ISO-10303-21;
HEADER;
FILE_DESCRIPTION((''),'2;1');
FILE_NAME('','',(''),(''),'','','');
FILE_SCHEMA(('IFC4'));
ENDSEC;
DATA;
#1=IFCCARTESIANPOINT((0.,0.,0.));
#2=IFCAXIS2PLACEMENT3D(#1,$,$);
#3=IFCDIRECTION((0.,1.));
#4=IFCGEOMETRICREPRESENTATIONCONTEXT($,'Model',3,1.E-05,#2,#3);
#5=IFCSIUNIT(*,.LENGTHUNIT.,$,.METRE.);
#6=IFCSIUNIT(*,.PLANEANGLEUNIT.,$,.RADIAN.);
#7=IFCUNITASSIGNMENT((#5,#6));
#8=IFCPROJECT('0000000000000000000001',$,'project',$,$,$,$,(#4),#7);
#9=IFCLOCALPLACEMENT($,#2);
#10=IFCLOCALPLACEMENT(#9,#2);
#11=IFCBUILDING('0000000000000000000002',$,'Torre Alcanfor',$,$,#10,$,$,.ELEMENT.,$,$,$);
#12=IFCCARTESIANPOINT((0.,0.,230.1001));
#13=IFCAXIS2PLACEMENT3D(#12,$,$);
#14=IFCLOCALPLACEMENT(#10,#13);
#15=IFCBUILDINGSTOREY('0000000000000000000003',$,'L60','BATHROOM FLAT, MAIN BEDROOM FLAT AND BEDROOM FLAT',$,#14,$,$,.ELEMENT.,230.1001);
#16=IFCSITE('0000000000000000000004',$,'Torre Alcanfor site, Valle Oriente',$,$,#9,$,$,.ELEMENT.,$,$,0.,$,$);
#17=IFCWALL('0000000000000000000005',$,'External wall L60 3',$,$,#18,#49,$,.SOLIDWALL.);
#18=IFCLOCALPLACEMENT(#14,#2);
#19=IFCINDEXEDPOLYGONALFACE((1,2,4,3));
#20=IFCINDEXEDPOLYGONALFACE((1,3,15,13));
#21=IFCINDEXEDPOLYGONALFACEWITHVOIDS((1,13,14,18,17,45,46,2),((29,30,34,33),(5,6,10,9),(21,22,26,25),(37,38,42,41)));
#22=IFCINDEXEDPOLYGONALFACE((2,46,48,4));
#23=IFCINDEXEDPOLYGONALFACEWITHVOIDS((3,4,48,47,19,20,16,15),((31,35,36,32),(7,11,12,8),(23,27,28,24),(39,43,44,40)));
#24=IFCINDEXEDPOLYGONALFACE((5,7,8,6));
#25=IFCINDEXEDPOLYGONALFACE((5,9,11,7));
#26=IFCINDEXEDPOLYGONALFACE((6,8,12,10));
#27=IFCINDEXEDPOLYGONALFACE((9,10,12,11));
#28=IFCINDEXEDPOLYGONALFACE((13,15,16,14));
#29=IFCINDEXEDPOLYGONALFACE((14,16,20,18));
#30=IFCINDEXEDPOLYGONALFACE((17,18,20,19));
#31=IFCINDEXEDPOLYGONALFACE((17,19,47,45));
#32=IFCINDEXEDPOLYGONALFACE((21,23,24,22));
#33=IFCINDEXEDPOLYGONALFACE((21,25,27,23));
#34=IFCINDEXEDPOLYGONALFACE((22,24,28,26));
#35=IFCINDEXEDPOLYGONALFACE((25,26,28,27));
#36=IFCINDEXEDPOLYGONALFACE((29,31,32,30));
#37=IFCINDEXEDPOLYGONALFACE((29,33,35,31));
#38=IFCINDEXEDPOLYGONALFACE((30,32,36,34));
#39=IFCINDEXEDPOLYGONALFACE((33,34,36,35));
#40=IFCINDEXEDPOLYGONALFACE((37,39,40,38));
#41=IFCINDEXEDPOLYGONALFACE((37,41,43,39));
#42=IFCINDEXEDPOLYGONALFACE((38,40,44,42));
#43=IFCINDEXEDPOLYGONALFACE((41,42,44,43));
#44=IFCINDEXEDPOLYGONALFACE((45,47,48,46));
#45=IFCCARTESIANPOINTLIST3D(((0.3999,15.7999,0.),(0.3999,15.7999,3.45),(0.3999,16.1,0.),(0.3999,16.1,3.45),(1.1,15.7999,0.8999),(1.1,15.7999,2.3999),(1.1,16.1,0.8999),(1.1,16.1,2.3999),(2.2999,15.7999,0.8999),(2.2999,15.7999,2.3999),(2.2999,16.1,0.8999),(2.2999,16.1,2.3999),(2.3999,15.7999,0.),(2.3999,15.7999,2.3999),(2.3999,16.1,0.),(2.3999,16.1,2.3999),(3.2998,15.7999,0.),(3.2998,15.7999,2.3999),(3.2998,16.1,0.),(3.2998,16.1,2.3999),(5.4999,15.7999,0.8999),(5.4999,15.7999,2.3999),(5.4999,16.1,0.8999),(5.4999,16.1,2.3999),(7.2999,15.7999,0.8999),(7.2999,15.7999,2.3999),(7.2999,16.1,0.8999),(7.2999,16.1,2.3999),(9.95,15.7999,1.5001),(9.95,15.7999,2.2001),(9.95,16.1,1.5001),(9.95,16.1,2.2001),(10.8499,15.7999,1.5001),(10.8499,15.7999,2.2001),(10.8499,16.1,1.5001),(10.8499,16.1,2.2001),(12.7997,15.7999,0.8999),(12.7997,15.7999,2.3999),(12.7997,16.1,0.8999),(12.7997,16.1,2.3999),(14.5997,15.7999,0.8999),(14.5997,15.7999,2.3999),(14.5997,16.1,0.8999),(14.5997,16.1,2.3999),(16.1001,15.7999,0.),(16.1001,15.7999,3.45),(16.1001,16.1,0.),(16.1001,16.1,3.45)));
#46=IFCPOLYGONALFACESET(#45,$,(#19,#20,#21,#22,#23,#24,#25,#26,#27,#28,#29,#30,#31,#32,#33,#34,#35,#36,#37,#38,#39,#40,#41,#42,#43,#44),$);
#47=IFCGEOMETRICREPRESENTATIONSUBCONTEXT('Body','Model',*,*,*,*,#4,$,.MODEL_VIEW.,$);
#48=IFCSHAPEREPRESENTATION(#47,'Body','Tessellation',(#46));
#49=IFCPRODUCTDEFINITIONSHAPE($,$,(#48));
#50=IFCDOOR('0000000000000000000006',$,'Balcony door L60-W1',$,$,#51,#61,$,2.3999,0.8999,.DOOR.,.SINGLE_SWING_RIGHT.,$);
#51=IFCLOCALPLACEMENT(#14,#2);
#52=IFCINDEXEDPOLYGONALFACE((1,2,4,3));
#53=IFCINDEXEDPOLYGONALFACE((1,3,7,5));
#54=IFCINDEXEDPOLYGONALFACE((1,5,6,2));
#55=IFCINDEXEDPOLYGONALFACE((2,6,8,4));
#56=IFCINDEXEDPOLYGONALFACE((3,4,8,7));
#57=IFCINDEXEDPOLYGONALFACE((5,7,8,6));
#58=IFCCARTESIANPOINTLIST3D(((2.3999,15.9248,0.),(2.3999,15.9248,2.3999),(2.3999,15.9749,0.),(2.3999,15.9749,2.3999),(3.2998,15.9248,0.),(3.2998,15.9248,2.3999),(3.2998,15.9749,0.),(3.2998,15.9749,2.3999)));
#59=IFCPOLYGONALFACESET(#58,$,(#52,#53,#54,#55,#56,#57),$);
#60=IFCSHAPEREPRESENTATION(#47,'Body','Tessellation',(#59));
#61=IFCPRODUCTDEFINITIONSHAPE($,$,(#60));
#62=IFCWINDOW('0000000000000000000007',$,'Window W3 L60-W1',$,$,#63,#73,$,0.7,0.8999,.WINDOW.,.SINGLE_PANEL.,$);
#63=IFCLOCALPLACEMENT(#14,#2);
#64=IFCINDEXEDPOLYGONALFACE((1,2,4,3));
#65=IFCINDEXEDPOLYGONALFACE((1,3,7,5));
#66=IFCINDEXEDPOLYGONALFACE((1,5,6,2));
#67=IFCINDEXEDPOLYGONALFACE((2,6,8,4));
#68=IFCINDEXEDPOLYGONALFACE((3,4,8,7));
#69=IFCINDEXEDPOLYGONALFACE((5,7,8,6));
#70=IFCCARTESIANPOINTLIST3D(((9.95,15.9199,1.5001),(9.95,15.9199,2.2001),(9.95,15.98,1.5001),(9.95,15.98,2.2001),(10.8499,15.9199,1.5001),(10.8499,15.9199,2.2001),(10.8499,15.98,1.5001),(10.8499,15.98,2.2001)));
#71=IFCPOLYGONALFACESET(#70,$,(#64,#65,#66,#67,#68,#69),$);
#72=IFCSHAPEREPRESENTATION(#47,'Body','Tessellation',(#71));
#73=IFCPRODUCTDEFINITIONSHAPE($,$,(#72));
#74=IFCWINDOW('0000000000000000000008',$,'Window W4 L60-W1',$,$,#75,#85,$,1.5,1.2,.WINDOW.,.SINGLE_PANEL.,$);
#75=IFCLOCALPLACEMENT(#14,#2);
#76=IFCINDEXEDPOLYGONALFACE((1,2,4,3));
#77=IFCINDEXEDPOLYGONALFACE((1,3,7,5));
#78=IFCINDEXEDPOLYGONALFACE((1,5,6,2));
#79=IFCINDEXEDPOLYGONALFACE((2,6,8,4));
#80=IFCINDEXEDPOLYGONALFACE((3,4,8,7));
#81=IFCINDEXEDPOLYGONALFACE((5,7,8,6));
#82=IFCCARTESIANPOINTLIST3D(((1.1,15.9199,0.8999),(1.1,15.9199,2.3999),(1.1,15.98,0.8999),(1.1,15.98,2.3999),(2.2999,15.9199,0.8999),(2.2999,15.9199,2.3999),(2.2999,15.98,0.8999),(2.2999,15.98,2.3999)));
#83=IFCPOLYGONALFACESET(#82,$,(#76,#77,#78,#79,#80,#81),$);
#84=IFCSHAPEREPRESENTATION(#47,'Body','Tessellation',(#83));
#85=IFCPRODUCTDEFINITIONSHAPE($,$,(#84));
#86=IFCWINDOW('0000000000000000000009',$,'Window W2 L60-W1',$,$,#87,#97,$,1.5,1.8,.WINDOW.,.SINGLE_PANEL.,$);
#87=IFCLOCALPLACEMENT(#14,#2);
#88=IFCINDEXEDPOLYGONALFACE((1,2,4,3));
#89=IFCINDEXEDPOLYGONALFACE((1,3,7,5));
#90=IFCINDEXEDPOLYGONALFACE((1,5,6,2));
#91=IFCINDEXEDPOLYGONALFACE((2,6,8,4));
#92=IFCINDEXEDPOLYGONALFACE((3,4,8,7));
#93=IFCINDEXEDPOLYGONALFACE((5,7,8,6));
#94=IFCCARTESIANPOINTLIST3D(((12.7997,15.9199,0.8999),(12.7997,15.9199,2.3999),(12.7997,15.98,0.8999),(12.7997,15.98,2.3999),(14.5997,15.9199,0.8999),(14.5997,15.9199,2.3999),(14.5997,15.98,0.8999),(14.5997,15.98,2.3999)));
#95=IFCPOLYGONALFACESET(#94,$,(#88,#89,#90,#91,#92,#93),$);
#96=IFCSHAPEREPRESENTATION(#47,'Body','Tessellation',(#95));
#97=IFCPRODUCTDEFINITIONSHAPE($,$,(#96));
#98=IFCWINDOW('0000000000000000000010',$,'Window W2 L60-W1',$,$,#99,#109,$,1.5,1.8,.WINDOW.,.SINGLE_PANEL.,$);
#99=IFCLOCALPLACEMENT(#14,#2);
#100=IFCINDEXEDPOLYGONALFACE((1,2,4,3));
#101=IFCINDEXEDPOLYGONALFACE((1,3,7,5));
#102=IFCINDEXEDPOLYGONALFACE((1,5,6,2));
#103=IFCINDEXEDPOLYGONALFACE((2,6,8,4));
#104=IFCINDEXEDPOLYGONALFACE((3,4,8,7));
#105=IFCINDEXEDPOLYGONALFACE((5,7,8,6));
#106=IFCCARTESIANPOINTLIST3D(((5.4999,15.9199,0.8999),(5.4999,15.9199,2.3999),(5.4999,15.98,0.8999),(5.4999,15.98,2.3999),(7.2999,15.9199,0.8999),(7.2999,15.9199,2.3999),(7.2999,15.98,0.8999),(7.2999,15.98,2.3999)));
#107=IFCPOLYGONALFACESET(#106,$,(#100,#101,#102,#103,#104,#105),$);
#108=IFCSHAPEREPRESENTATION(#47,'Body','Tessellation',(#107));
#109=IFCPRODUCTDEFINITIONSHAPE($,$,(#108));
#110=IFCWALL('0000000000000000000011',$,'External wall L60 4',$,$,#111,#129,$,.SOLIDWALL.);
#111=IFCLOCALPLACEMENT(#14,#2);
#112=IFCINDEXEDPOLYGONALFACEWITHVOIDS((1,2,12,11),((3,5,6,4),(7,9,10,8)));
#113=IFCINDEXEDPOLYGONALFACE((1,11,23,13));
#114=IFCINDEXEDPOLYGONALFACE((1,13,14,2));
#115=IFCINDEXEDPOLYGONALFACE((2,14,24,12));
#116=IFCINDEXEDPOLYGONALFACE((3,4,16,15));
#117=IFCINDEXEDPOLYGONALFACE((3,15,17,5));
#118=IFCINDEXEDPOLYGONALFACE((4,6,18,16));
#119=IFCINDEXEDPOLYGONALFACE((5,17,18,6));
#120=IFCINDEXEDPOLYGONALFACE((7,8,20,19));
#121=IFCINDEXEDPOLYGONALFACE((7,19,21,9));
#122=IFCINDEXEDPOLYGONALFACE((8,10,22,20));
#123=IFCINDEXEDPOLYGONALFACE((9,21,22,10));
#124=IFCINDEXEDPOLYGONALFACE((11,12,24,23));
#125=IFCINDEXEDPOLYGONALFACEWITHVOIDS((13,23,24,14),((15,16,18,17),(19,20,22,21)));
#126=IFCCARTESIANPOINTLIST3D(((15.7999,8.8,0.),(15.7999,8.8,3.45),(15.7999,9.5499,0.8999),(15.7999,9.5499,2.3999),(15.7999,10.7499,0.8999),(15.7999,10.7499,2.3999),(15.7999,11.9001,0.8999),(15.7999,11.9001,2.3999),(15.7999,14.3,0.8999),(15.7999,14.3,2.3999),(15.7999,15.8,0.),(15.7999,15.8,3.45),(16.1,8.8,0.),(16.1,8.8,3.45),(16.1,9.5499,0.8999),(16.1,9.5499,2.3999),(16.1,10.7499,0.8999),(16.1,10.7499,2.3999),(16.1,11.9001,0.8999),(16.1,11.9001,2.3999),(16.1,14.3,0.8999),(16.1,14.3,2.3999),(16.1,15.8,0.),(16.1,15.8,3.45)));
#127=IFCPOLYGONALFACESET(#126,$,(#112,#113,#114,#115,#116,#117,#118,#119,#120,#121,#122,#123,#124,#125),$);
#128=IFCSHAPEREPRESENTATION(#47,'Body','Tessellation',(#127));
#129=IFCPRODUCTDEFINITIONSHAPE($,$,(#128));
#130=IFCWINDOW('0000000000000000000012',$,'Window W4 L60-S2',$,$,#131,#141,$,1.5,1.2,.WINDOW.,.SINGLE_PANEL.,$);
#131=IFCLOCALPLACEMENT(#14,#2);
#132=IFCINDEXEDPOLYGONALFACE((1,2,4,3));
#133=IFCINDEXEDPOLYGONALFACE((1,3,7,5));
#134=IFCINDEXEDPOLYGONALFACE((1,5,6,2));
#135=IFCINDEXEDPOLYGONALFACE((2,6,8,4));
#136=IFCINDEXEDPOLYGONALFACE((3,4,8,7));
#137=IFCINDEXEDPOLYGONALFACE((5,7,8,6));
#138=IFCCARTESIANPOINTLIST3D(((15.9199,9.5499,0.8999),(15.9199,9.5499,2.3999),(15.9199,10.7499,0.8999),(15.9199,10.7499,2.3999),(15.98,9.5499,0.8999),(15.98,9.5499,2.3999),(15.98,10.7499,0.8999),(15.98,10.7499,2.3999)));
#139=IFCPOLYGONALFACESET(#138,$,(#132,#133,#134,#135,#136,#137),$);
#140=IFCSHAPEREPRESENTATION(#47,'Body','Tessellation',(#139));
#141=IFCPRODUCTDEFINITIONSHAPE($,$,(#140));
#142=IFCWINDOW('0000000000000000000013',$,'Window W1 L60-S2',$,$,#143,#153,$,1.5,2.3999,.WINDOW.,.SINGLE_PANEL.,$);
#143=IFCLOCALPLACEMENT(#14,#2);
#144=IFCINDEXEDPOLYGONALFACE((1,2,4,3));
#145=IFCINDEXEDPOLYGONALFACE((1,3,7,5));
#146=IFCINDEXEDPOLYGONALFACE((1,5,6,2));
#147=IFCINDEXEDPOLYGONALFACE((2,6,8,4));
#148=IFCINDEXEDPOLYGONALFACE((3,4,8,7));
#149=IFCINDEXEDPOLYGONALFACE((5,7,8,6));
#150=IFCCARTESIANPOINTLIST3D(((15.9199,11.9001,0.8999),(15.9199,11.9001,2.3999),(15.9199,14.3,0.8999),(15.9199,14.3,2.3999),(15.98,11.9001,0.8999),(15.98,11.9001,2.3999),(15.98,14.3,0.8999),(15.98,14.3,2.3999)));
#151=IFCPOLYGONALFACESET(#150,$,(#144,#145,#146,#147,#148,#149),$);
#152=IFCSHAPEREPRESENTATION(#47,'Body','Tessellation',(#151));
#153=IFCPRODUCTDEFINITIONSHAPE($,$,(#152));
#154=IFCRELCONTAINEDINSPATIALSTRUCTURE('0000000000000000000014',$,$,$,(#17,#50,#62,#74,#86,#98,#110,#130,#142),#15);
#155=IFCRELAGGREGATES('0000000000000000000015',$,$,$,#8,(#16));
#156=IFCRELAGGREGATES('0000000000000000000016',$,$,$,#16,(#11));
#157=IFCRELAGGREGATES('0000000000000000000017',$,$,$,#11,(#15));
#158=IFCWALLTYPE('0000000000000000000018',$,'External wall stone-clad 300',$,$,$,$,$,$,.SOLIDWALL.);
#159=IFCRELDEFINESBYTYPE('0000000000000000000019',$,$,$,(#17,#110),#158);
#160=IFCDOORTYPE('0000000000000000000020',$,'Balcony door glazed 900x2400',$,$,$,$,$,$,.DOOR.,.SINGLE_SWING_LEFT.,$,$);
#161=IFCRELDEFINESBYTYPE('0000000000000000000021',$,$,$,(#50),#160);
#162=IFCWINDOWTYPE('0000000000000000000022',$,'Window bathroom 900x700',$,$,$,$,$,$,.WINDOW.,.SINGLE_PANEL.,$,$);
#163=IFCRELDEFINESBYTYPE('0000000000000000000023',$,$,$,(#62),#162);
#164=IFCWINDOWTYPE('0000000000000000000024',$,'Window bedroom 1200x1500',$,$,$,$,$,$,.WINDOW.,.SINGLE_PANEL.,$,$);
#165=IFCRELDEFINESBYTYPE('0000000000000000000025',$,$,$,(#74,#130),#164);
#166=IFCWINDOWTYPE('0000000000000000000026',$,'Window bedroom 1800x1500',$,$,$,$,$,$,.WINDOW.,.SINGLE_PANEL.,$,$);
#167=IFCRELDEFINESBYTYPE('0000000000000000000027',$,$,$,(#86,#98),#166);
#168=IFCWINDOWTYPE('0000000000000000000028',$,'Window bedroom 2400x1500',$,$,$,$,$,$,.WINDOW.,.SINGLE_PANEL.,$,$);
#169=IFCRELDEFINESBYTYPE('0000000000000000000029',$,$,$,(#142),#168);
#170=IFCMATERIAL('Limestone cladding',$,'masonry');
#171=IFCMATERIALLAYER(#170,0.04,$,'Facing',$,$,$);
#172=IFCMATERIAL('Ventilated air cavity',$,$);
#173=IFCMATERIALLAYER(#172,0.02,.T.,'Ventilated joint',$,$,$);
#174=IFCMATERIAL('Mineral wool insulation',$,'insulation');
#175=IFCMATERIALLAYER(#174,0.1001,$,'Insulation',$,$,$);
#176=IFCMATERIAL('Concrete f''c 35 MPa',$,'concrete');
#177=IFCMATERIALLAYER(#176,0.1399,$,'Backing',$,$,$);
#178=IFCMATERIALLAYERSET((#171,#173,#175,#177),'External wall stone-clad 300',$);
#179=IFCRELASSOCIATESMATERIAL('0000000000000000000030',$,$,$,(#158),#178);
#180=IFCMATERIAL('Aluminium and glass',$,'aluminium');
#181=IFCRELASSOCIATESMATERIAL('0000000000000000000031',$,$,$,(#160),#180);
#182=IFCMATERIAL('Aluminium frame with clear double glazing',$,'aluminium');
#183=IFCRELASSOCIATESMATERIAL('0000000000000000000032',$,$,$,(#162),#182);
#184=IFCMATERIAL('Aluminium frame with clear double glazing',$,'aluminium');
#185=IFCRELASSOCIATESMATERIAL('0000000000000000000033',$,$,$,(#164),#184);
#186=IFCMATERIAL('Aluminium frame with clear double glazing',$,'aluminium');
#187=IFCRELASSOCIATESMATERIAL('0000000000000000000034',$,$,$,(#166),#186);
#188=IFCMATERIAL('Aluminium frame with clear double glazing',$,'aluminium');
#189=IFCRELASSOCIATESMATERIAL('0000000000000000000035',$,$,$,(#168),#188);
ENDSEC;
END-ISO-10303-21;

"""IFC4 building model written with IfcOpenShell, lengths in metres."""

from ifc_helpers import new_model, si_unit, direction, frame, frame_2d, origin, place, context, subcontext, project, spatial, rectangle, extrude, material, layer, layer_set, type_object, element, fill, save


model = new_model("IFC4")

# Units and contexts
model_context = context("Model", 3, precision=1e-05, world=origin(), true_north=direction((0.0, 1.0)))
body_context = subcontext(model_context, "Body", "Model", "MODEL_VIEW")
ifc_project = project(units=[si_unit("LENGTHUNIT", "METRE"), si_unit("PLANEANGLEUNIT", "RADIAN")], contexts=[model_context])

# Site, building, storey
site_placement = place(None, origin())
site = spatial("IfcSite", under=ifc_project, at=site_placement, Name="Torre Alcanfor site, Valle Oriente", CompositionType="ELEMENT", RefElevation=0.0)
building_placement = place(site_placement, origin())
building = spatial("IfcBuilding", under=site, at=building_placement, Name="Torre Alcanfor", CompositionType="ELEMENT")
storey_placement = place(building_placement, frame((0.0, 0.0, 230.1001)))
storey = spatial("IfcBuildingStorey", under=building, at=storey_placement, Name="L60", Description="BATHROOM FLAT, MAIN BEDROOM FLAT AND BEDROOM FLAT", CompositionType="ELEMENT", Elevation=230.1001)

# Wall, openings, door, windows
ifc_material_1 = material(Name="Limestone cladding", Category="masonry")
ifc_layer_1 = layer(ifc_material_1, 0.04, Name="Facing")
ifc_material_2 = material(Name="Ventilated air cavity")
ifc_layer_2 = layer(ifc_material_2, 0.02, ventilated=True, Name="Ventilated joint")
ifc_material_3 = material(Name="Mineral wool insulation", Category="insulation")
ifc_layer_3 = layer(ifc_material_3, 0.1001, Name="Insulation")
ifc_material_4 = material(Name="Concrete f'c 35 MPa", Category="concrete")
ifc_layer_4 = layer(ifc_material_4, 0.1399, Name="Backing")
ifc_layer_set_1 = layer_set([ifc_layer_1, ifc_layer_2, ifc_layer_3, ifc_layer_4], Name="External wall stone-clad 300")
wall_type_1 = type_object("IfcWallType", Name="External wall stone-clad 300", PredefinedType="SOLIDWALL", material=ifc_layer_set_1)
wall_1_placement = place(storey_placement, frame((0.3999, 15.95, 0.0), z_axis=(0.0, 0.0, 1.0), x_axis=(1.0, 0.0, 0.0)))
wall_1 = element("IfcWall", 1, at=wall_1_placement, inside=storey, type_object=wall_type_1, Name="External wall L60 3", PredefinedType="SOLIDWALL", context=body_context, shape_type="SweptSolid", body=[
    extrude(rectangle(XDim=15.7002, YDim=0.3, at=frame_2d((7.8501, 0.0))), origin(), (0.0, 0.0, 1.0), 3.45),
])
opening_1_placement = place(wall_1_placement, frame((12.3999, 0.0, 0.8999)))
opening_1 = element("IfcOpeningElement", 2, at=opening_1_placement, cuts=wall_1, PredefinedType="OPENING", context=body_context, shape_type="SweptSolid", body=[
    extrude(rectangle(XDim=1.8, YDim=1.5, at=frame_2d((0.8999, 0.75))), frame((0.0, 0.1599, 0.0), z_axis=(0.0, -1.0, 0.0), x_axis=(1.0, 0.0, 0.0)), (0.0, 0.0, 1.0), 0.3201),
])
opening_2_placement = place(wall_1_placement, frame((9.55, 0.0, 1.5)))
opening_2 = element("IfcOpeningElement", 3, at=opening_2_placement, cuts=wall_1, PredefinedType="OPENING", context=body_context, shape_type="SweptSolid", body=[
    extrude(rectangle(XDim=0.8999, YDim=0.7, at=frame_2d((0.45, 0.3501))), frame((0.0, 0.1599, 0.0), z_axis=(0.0, -1.0, 0.0), x_axis=(1.0, 0.0, 0.0)), (0.0, 0.0, 1.0), 0.3201),
])
opening_3_placement = place(wall_1_placement, frame((5.1001, 0.0, 0.8999)))
opening_3 = element("IfcOpeningElement", 4, at=opening_3_placement, cuts=wall_1, PredefinedType="OPENING", context=body_context, shape_type="SweptSolid", body=[
    extrude(rectangle(XDim=1.8, YDim=1.5, at=frame_2d((0.8999, 0.75))), frame((0.0, 0.1599, 0.0), z_axis=(0.0, -1.0, 0.0), x_axis=(1.0, 0.0, 0.0)), (0.0, 0.0, 1.0), 0.3201),
])
opening_4_placement = place(wall_1_placement, frame((2.0, 0.0, 0.0)))
opening_4 = element("IfcOpeningElement", 5, at=opening_4_placement, cuts=wall_1, PredefinedType="OPENING", context=body_context, shape_type="SweptSolid", body=[
    extrude(rectangle(XDim=0.8999, YDim=2.3999, at=frame_2d((0.45, 1.2))), frame((0.0, 0.1599, 0.0), z_axis=(0.0, -1.0, 0.0), x_axis=(1.0, 0.0, 0.0)), (0.0, 0.0, 1.0), 0.3201),
])
opening_5_placement = place(wall_1_placement, frame((0.7, 0.0, 0.8999)))
opening_5 = element("IfcOpeningElement", 6, at=opening_5_placement, cuts=wall_1, PredefinedType="OPENING", context=body_context, shape_type="SweptSolid", body=[
    extrude(rectangle(XDim=1.2, YDim=1.5, at=frame_2d((0.6001, 0.75))), frame((0.0, 0.1599, 0.0), z_axis=(0.0, -1.0, 0.0), x_axis=(1.0, 0.0, 0.0)), (0.0, 0.0, 1.0), 0.3201),
])
ifc_material_5 = material(Name="Aluminium and glass", Category="aluminium")
door_type = type_object("IfcDoorType", Name="Balcony door glazed 900x2400", OperationType="SINGLE_SWING_LEFT", PredefinedType="DOOR", material=ifc_material_5)
door_placement = place(opening_4_placement, origin())
door = element("IfcDoor", 7, at=door_placement, inside=storey, type_object=door_type, Name="Balcony door L60-W1", OperationType="SINGLE_SWING_RIGHT", OverallHeight=2.3999, OverallWidth=0.8999, PredefinedType="DOOR", context=body_context, shape_type="SweptSolid", body=[
    extrude(rectangle(XDim=0.8999, YDim=2.3999, at=frame_2d((0.45, 1.2))), frame((0.0, 0.0249, 0.0), z_axis=(0.0, -1.0, 0.0), x_axis=(1.0, 0.0, 0.0)), (0.0, 0.0, 1.0), 0.05),
])
fill(opening_4, door)
ifc_material_6 = material(Name="Aluminium frame with clear double glazing", Category="aluminium")
window_type_1 = type_object("IfcWindowType", Name="Window bathroom 900x700", PartitioningType="SINGLE_PANEL", PredefinedType="WINDOW", material=ifc_material_6)
window_1_placement = place(opening_2_placement, origin())
window_1 = element("IfcWindow", 8, at=window_1_placement, inside=storey, type_object=window_type_1, Name="Window W3 L60-W1", OverallHeight=0.7, OverallWidth=0.8999, PartitioningType="SINGLE_PANEL", PredefinedType="WINDOW", context=body_context, shape_type="SweptSolid", body=[
    extrude(rectangle(XDim=0.8999, YDim=0.7, at=frame_2d((0.45, 0.3501))), frame((0.0, 0.03, 0.0), z_axis=(0.0, -1.0, 0.0), x_axis=(1.0, 0.0, 0.0)), (0.0, 0.0, 1.0), 0.0601),
])
fill(opening_2, window_1)
ifc_material_7 = material(Name="Aluminium frame with clear double glazing", Category="aluminium")
window_type_2 = type_object("IfcWindowType", Name="Window bedroom 1200x1500", PartitioningType="SINGLE_PANEL", PredefinedType="WINDOW", material=ifc_material_7)
window_2_placement = place(opening_5_placement, origin())
window_2 = element("IfcWindow", 9, at=window_2_placement, inside=storey, type_object=window_type_2, Name="Window W4 L60-W1", OverallHeight=1.5, OverallWidth=1.2, PartitioningType="SINGLE_PANEL", PredefinedType="WINDOW", context=body_context, shape_type="SweptSolid", body=[
    extrude(rectangle(XDim=1.2, YDim=1.5, at=frame_2d((0.6001, 0.75))), frame((0.0, 0.03, 0.0), z_axis=(0.0, -1.0, 0.0), x_axis=(1.0, 0.0, 0.0)), (0.0, 0.0, 1.0), 0.0601),
])
fill(opening_5, window_2)
ifc_material_8 = material(Name="Aluminium frame with clear double glazing", Category="aluminium")
window_type_3 = type_object("IfcWindowType", Name="Window bedroom 1800x1500", PartitioningType="SINGLE_PANEL", PredefinedType="WINDOW", material=ifc_material_8)
window_3_placement = place(opening_1_placement, origin())
window_3 = element("IfcWindow", 10, at=window_3_placement, inside=storey, type_object=window_type_3, Name="Window W2 L60-W1", OverallHeight=1.5, OverallWidth=1.8, PartitioningType="SINGLE_PANEL", PredefinedType="WINDOW", context=body_context, shape_type="SweptSolid", body=[
    extrude(rectangle(XDim=1.8, YDim=1.5, at=frame_2d((0.8999, 0.75))), frame((0.0, 0.03, 0.0), z_axis=(0.0, -1.0, 0.0), x_axis=(1.0, 0.0, 0.0)), (0.0, 0.0, 1.0), 0.0601),
])
fill(opening_1, window_3)
window_4_placement = place(opening_3_placement, origin())
window_4 = element("IfcWindow", 11, at=window_4_placement, inside=storey, type_object=window_type_3, Name="Window W2 L60-W1", OverallHeight=1.5, OverallWidth=1.8, PartitioningType="SINGLE_PANEL", PredefinedType="WINDOW", context=body_context, shape_type="SweptSolid", body=[
    extrude(rectangle(XDim=1.8, YDim=1.5, at=frame_2d((0.8999, 0.75))), frame((0.0, 0.03, 0.0), z_axis=(0.0, -1.0, 0.0), x_axis=(1.0, 0.0, 0.0)), (0.0, 0.0, 1.0), 0.0601),
])
fill(opening_3, window_4)

# Wall, openings, windows
wall_2_placement = place(storey_placement, frame((15.95, 15.8, 0.0), z_axis=(0.0, 0.0, 1.0), x_axis=(0.0, -1.0, 0.0)))
wall_2 = element("IfcWall", 12, at=wall_2_placement, inside=storey, type_object=wall_type_1, Name="External wall L60 4", PredefinedType="SOLIDWALL", context=body_context, shape_type="SweptSolid", body=[
    extrude(rectangle(XDim=7.0, YDim=0.3, at=frame_2d((3.5, 0.0))), origin(), (0.0, 0.0, 1.0), 3.45),
])
opening_6_placement = place(wall_2_placement, frame((1.5, 0.0, 0.8999)))
opening_6 = element("IfcOpeningElement", 13, at=opening_6_placement, cuts=wall_2, PredefinedType="OPENING", context=body_context, shape_type="SweptSolid", body=[
    extrude(rectangle(XDim=2.3999, YDim=1.5, at=frame_2d((1.2, 0.75))), frame((0.0, 0.1599, 0.0), z_axis=(0.0, -1.0, 0.0), x_axis=(1.0, 0.0, 0.0)), (0.0, 0.0, 1.0), 0.3201),
])
opening_7_placement = place(wall_2_placement, frame((5.05, 0.0, 0.8999)))
opening_7 = element("IfcOpeningElement", 14, at=opening_7_placement, cuts=wall_2, PredefinedType="OPENING", context=body_context, shape_type="SweptSolid", body=[
    extrude(rectangle(XDim=1.2, YDim=1.5, at=frame_2d((0.6001, 0.75))), frame((0.0, 0.1599, 0.0), z_axis=(0.0, -1.0, 0.0), x_axis=(1.0, 0.0, 0.0)), (0.0, 0.0, 1.0), 0.3201),
])
window_5_placement = place(opening_7_placement, origin())
window_5 = element("IfcWindow", 15, at=window_5_placement, inside=storey, type_object=window_type_2, Name="Window W4 L60-S2", OverallHeight=1.5, OverallWidth=1.2, PartitioningType="SINGLE_PANEL", PredefinedType="WINDOW", context=body_context, shape_type="SweptSolid", body=[
    extrude(rectangle(XDim=1.2, YDim=1.5, at=frame_2d((0.6001, 0.75))), frame((0.0, 0.03, 0.0), z_axis=(0.0, -1.0, 0.0), x_axis=(1.0, 0.0, 0.0)), (0.0, 0.0, 1.0), 0.0601),
])
fill(opening_7, window_5)
ifc_material_9 = material(Name="Aluminium frame with clear double glazing", Category="aluminium")
window_type_4 = type_object("IfcWindowType", Name="Window bedroom 2400x1500", PartitioningType="SINGLE_PANEL", PredefinedType="WINDOW", material=ifc_material_9)
window_6_placement = place(opening_6_placement, origin())
window_6 = element("IfcWindow", 16, at=window_6_placement, inside=storey, type_object=window_type_4, Name="Window W1 L60-S2", OverallHeight=1.5, OverallWidth=2.3999, PartitioningType="SINGLE_PANEL", PredefinedType="WINDOW", context=body_context, shape_type="SweptSolid", body=[
    extrude(rectangle(XDim=2.3999, YDim=1.5, at=frame_2d((1.2, 0.75))), frame((0.0, 0.03, 0.0), z_axis=(0.0, -1.0, 0.0), x_axis=(1.0, 0.0, 0.0)), (0.0, 0.0, 1.0), 0.0601),
])
fill(opening_6, window_6)

save(model, "model.ifc")
